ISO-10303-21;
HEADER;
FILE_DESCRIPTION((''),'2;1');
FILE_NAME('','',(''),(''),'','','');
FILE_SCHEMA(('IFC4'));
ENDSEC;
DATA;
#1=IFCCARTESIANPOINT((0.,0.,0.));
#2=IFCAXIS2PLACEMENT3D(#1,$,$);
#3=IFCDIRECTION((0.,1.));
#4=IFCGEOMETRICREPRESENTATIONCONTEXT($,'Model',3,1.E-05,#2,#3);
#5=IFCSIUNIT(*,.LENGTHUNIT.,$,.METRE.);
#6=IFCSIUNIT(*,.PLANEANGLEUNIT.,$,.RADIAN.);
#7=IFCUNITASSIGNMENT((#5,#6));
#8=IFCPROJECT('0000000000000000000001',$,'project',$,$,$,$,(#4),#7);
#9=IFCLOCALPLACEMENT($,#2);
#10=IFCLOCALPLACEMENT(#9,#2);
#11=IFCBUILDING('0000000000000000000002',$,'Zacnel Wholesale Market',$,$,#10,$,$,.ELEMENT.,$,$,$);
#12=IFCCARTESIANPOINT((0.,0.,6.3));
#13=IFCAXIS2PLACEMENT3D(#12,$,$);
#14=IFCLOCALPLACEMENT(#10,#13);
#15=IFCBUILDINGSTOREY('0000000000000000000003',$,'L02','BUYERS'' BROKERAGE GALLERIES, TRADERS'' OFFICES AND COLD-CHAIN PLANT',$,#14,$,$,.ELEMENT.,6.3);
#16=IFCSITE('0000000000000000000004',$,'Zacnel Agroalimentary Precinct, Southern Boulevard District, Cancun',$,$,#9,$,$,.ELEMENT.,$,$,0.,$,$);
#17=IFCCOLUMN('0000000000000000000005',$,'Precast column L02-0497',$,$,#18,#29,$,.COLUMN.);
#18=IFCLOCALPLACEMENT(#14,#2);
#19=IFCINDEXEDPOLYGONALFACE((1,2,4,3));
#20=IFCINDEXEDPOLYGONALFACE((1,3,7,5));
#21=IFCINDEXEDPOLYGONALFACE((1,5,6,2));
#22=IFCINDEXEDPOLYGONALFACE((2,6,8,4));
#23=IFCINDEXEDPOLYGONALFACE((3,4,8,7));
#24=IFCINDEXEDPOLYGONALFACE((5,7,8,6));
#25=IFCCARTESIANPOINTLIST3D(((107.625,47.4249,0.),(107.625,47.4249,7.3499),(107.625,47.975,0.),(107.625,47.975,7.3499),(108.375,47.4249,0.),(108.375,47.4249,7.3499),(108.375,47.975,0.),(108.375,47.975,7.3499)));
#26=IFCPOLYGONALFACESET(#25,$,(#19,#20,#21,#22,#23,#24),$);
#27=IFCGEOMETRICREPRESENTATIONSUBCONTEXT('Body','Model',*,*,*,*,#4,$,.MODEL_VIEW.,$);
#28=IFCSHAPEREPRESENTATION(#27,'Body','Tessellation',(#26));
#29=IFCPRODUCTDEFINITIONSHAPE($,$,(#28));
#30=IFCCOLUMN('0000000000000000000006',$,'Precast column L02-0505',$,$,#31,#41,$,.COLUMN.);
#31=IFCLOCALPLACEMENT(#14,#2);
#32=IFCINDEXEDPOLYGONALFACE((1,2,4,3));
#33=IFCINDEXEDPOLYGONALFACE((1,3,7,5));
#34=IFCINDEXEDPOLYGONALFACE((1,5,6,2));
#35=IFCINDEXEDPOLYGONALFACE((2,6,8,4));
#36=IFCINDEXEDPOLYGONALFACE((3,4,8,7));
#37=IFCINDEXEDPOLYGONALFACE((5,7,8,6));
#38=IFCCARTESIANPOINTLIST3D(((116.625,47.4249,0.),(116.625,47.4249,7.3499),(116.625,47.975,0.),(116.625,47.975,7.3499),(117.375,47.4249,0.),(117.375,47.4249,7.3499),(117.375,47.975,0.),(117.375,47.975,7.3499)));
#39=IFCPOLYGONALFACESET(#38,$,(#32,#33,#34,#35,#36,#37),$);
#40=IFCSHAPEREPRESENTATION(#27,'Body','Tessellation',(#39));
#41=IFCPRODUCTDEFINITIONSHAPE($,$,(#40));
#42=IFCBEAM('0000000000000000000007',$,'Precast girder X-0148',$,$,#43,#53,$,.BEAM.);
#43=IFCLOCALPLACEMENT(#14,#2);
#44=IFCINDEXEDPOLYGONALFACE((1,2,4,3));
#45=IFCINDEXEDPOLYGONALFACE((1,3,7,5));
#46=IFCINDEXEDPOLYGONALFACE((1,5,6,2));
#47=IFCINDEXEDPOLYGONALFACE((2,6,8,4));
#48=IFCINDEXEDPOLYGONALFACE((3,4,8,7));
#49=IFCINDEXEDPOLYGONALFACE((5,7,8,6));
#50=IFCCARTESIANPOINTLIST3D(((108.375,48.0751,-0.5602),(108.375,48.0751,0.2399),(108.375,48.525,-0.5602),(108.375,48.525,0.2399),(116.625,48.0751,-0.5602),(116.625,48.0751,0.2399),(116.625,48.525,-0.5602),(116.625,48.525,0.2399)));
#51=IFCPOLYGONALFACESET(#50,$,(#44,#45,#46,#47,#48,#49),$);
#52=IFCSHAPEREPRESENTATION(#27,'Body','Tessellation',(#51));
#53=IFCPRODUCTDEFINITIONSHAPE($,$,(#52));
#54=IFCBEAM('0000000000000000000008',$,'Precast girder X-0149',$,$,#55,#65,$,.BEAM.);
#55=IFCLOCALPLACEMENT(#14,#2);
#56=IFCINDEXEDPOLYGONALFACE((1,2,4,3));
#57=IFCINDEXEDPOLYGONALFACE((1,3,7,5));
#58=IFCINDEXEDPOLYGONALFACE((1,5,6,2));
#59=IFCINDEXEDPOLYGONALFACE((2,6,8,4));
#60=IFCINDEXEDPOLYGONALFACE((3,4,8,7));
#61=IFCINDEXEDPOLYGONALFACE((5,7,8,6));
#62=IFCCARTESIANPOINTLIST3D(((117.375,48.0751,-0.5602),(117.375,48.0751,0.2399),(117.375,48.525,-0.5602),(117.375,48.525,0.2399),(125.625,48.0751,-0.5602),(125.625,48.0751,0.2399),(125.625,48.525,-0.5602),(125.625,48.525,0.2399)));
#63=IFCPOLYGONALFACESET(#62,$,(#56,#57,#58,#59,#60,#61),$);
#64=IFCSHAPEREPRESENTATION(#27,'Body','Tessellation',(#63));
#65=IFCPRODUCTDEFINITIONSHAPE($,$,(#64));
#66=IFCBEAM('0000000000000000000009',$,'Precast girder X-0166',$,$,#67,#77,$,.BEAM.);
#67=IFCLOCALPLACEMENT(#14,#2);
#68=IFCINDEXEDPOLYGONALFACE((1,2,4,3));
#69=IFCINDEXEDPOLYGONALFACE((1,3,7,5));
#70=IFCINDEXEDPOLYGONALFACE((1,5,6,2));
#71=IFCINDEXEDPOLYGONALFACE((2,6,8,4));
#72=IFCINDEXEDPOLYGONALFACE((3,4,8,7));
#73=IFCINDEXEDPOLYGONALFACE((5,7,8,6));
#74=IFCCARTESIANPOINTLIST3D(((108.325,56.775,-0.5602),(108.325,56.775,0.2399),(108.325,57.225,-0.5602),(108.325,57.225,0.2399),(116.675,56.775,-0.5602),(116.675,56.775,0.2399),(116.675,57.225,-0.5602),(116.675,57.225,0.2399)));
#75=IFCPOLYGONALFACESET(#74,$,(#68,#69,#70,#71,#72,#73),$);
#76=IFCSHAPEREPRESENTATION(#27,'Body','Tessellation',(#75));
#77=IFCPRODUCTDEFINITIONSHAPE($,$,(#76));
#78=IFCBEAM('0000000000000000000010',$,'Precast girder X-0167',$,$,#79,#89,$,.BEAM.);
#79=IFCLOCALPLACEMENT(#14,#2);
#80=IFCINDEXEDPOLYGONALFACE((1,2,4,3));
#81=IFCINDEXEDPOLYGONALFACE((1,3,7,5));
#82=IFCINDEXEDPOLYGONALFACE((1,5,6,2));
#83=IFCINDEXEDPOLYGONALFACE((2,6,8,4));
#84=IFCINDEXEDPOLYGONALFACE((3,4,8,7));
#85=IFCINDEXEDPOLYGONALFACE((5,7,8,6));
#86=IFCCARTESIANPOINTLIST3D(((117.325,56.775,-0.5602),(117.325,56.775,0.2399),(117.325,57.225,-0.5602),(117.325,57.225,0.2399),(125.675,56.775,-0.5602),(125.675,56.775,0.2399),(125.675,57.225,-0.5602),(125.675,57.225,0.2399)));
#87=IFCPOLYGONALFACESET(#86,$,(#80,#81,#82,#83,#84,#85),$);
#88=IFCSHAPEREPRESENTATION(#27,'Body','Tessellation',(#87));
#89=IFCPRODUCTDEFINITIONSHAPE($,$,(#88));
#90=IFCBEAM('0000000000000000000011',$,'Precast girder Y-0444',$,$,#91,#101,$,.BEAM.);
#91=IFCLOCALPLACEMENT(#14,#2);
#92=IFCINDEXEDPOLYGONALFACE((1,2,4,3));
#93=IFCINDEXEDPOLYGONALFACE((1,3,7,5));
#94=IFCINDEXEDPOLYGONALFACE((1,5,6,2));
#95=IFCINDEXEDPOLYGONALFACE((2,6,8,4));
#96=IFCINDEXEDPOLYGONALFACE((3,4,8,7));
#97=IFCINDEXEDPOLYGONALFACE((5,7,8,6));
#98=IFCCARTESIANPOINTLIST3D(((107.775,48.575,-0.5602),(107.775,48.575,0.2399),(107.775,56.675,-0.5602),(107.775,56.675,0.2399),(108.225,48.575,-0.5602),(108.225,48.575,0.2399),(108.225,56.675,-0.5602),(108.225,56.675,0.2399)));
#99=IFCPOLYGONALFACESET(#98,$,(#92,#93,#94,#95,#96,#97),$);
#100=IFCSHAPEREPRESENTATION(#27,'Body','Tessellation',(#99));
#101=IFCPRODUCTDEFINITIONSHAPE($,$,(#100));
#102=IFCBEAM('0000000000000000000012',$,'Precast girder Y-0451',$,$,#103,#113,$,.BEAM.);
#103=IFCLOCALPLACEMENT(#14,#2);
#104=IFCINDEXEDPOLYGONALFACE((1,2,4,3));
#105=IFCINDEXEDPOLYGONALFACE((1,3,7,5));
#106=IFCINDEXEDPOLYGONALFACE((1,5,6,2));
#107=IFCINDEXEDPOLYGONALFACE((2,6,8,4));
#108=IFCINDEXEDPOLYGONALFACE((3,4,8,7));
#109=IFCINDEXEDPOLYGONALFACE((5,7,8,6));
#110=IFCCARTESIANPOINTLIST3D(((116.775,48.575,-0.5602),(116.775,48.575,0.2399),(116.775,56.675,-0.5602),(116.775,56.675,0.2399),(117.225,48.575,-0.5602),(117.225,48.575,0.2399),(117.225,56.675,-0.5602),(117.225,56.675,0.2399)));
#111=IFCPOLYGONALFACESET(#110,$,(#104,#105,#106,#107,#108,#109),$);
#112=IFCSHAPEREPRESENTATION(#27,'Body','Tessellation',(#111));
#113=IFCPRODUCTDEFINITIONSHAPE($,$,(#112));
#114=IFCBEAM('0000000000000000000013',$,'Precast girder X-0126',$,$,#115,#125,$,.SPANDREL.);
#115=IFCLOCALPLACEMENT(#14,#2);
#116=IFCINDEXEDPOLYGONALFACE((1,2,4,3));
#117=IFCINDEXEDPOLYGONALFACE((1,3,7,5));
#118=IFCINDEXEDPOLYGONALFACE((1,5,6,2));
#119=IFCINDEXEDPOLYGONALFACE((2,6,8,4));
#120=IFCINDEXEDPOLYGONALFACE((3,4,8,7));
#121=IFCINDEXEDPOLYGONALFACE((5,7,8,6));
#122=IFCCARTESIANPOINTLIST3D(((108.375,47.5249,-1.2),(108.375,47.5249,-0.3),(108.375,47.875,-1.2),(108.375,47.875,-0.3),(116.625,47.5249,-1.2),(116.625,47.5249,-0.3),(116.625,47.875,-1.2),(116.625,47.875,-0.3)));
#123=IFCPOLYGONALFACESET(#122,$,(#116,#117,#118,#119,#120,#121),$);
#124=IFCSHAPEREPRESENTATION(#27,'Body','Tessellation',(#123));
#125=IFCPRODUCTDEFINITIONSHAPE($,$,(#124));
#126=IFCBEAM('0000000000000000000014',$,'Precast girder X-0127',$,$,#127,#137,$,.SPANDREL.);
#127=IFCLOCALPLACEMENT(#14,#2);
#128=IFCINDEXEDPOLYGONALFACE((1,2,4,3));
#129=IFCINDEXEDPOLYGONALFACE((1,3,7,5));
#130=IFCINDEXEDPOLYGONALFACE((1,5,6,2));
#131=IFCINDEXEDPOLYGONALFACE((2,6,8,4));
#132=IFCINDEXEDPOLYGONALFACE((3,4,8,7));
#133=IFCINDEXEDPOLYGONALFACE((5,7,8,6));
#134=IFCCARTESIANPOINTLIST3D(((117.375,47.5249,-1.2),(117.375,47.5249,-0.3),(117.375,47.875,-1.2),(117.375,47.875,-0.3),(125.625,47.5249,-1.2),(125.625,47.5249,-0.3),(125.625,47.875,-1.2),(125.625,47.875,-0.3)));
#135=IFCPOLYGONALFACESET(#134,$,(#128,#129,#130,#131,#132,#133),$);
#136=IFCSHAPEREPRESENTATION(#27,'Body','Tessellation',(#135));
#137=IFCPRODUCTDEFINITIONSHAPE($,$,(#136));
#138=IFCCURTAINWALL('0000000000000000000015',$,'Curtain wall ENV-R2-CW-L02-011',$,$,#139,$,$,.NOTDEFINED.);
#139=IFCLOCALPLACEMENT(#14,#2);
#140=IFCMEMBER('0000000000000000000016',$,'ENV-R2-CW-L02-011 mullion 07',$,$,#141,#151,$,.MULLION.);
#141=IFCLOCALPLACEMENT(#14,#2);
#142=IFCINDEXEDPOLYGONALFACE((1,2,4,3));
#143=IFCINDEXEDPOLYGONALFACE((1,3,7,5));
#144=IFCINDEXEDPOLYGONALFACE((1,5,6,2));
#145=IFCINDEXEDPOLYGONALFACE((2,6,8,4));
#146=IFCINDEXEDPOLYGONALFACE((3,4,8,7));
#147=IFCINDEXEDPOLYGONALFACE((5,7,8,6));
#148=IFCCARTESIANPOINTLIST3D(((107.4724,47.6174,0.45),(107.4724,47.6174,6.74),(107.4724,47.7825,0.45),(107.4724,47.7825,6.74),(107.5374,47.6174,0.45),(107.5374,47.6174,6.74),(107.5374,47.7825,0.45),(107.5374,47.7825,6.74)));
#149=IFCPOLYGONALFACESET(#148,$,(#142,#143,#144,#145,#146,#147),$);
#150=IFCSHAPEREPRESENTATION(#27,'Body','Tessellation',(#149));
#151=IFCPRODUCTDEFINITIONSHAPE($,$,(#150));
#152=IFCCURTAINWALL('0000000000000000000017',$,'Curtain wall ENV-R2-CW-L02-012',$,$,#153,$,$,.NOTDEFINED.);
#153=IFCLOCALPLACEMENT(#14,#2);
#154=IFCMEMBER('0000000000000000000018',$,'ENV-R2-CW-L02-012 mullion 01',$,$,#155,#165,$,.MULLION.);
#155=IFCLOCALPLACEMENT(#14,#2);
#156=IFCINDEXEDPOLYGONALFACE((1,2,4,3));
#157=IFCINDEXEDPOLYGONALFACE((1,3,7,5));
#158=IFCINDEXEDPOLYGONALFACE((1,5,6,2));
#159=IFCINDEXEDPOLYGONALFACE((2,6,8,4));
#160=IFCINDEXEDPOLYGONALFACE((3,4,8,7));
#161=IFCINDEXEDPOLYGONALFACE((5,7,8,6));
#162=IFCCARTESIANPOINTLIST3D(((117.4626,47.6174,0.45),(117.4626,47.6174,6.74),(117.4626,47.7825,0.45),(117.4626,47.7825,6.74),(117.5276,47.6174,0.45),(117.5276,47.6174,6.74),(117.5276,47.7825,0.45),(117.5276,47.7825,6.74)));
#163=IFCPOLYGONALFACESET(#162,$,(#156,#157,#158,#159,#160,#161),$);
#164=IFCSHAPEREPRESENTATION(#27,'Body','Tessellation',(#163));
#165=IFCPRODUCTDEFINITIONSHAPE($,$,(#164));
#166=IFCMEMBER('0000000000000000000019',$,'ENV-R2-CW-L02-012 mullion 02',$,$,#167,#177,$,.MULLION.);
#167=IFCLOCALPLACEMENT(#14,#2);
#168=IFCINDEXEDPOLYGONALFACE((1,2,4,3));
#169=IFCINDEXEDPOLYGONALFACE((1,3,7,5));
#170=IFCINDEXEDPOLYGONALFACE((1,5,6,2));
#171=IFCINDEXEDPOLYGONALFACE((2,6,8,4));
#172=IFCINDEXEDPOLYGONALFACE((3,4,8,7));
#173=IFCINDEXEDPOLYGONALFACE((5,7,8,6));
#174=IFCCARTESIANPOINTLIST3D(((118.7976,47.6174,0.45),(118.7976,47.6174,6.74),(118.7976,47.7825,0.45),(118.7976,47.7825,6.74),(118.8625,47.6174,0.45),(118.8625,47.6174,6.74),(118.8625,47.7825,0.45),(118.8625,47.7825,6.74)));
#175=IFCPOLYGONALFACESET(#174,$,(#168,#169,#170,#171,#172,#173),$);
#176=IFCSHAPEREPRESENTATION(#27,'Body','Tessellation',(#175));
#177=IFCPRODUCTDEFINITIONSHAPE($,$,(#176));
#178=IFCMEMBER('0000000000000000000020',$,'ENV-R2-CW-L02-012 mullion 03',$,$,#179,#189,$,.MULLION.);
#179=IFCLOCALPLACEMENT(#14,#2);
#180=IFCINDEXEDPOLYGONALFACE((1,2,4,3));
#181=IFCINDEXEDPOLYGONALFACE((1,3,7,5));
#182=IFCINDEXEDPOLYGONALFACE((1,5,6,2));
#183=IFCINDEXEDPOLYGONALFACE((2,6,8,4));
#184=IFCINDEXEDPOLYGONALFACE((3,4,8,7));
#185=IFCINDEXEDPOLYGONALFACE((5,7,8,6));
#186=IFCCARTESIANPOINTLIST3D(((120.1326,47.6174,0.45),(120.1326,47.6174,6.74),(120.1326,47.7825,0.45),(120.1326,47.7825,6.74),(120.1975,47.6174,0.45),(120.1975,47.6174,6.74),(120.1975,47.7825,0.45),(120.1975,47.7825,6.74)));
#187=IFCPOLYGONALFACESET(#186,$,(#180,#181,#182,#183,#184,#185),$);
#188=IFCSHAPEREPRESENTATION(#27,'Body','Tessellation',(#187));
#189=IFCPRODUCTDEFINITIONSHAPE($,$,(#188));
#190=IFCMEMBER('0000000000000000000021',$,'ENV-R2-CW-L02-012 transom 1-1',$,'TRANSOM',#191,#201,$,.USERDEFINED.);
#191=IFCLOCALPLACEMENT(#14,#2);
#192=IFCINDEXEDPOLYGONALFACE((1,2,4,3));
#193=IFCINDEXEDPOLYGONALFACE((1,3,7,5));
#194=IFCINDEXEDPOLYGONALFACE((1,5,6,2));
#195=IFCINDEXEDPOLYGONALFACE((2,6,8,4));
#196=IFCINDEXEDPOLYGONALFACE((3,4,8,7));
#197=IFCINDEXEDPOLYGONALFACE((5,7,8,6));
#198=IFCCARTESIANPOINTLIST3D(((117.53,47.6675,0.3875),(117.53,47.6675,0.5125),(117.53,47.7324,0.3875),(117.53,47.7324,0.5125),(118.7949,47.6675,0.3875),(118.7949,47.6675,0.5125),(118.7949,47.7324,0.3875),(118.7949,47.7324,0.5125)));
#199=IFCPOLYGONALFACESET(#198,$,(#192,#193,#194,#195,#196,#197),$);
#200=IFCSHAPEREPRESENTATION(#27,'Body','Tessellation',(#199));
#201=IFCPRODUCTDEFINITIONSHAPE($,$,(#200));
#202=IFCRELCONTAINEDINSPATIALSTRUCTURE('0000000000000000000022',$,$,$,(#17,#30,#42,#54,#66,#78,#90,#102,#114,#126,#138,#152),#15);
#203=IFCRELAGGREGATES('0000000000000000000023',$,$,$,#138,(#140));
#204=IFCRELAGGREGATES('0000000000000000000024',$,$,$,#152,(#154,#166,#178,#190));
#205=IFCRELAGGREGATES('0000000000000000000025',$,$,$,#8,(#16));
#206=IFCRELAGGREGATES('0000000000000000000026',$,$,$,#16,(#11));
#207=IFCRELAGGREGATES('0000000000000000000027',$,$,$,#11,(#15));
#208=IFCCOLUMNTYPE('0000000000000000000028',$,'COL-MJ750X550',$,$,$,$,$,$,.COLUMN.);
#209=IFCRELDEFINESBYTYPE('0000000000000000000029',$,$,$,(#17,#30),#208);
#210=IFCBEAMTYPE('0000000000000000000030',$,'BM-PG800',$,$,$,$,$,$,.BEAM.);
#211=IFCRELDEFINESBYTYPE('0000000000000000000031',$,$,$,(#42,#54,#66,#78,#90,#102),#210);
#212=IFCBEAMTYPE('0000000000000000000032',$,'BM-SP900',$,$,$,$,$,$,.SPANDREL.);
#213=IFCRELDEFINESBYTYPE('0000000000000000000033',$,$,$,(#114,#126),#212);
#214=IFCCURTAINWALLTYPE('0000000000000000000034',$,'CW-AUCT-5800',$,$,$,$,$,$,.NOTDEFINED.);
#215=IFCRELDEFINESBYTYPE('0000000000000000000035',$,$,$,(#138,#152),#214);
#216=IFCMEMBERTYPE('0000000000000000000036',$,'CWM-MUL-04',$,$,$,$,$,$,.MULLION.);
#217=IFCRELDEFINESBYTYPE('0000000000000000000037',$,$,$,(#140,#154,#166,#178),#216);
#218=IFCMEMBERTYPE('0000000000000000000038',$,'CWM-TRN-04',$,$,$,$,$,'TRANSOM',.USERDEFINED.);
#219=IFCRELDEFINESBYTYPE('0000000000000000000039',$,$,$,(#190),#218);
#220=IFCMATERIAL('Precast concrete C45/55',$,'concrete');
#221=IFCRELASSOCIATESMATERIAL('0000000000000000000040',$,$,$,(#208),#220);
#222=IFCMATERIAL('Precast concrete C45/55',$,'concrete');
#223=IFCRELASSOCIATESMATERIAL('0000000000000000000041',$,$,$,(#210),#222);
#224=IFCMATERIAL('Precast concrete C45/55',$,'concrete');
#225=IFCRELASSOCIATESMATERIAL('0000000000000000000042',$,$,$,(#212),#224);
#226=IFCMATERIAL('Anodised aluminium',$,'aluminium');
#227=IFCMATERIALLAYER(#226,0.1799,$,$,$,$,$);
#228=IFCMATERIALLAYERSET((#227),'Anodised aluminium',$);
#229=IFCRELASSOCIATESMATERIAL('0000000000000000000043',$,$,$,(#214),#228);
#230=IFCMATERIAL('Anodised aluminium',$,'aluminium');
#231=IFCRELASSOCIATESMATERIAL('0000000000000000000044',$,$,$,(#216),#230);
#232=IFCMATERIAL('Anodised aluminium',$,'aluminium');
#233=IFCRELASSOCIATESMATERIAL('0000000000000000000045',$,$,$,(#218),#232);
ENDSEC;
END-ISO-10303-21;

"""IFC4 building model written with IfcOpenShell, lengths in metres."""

from ifc_helpers import new_model, si_unit, direction, frame, origin, origin_2d, place, context, subcontext, project, spatial, rectangle, extrude, material, layer, layer_set, material_profile, profile_set, type_object, element, aggregate, save


model = new_model("IFC4")

# Units and contexts
model_context = context("Model", 3, precision=1e-05, world=origin(), true_north=direction((0.0, 1.0)))
body_context = subcontext(model_context, "Body", "Model", "MODEL_VIEW")
ifc_project = project(units=[si_unit("LENGTHUNIT", "METRE"), si_unit("PLANEANGLEUNIT", "RADIAN")], contexts=[model_context])

# Site, building, storey
site_placement = place(None, origin())
site = spatial("IfcSite", under=ifc_project, at=site_placement, Name="Zacnel Agroalimentary Precinct, Southern Boulevard District, Cancun", CompositionType="ELEMENT", RefElevation=0.0)
building_placement = place(site_placement, origin())
building = spatial("IfcBuilding", under=site, at=building_placement, Name="Zacnel Wholesale Market", CompositionType="ELEMENT")
storey_placement = place(building_placement, frame((0.0, 0.0, 6.3)))
storey = spatial("IfcBuildingStorey", under=building, at=storey_placement, Name="L02", Description="BUYERS' BROKERAGE GALLERIES, TRADERS' OFFICES AND COLD-CHAIN PLANT", CompositionType="ELEMENT", Elevation=6.3)

# Columns
ifc_material_1 = material(Name="Precast concrete C45/55", Category="concrete")
ifc_material_profile_1 = material_profile(ifc_material_1, rectangle(XDim=0.75, YDim=0.55, at=origin_2d()), Name="PC 750x550")
ifc_profile_set_1 = profile_set([ifc_material_profile_1], Name="Precast concrete C45/55")
column_type = type_object("IfcColumnType", Name="COL-MJ750X550", PredefinedType="COLUMN", material=ifc_profile_set_1)
for number, where, z_axis, x_axis, name in (
    (1, (108.0, 47.7, 0.0), (0.0, 0.0, 1.0), (1.0, 0.0, 0.0), "Precast column L02-0497"),
    (2, (117.0, 47.7, 0.0), (0.0, 0.0, 1.0), (1.0, 0.0, 0.0), "Precast column L02-0505"),
):
    element("IfcColumn", number, at=place(storey_placement, frame(where, z_axis=z_axis, x_axis=x_axis)), inside=storey, type_object=column_type, Name=name, PredefinedType="COLUMN", context=body_context, shape_type="SweptSolid", body=[
        extrude(rectangle(XDim=0.75, YDim=0.55, at=origin_2d()), origin(), (0.0, 0.0, 1.0), 7.3499),
    ])

# Beams
ifc_material_2 = material(Name="Precast concrete C45/55", Category="concrete")
ifc_material_profile_2 = material_profile(ifc_material_2, rectangle(XDim=0.45, YDim=0.8, at=origin_2d()), Name="PG 450x800")
ifc_profile_set_2 = profile_set([ifc_material_profile_2], Name="Precast concrete C45/55")
beam_type_1 = type_object("IfcBeamType", Name="BM-PG800", PredefinedType="BEAM", material=ifc_profile_set_2)
for number, where, z_axis, x_axis, name in (
    (3, (108.375, 48.3, -0.1602), (1.0, 0.0, 0.0), (0.0, 1.0, 0.0), "Precast girder X-0148"),
    (4, (117.375, 48.3, -0.1602), (1.0, 0.0, 0.0), (0.0, 1.0, 0.0), "Precast girder X-0149"),
):
    element("IfcBeam", number, at=place(storey_placement, frame(where, z_axis=z_axis, x_axis=x_axis)), inside=storey, type_object=beam_type_1, Name=name, PredefinedType="BEAM", context=body_context, shape_type="SweptSolid", body=[
        extrude(rectangle(XDim=0.45, YDim=0.8, at=origin_2d()), origin(), (0.0, 0.0, 1.0), 8.25),
    ])
for number, where, z_axis, x_axis, name in (
    (5, (108.325, 57.0, -0.1602), (1.0, 0.0, 0.0), (0.0, 1.0, 0.0), "Precast girder X-0166"),
    (6, (117.325, 57.0, -0.1602), (1.0, 0.0, 0.0), (0.0, 1.0, 0.0), "Precast girder X-0167"),
):
    element("IfcBeam", number, at=place(storey_placement, frame(where, z_axis=z_axis, x_axis=x_axis)), inside=storey, type_object=beam_type_1, Name=name, PredefinedType="BEAM", context=body_context, shape_type="SweptSolid", body=[
        extrude(rectangle(XDim=0.45, YDim=0.8, at=origin_2d()), origin(), (0.0, 0.0, 1.0), 8.3501),
    ])
for number, where, z_axis, x_axis, name in (
    (7, (108.0, 48.575, -0.1602), (0.0, 1.0, 0.0), (-1.0, 0.0, 0.0), "Precast girder Y-0444"),
    (8, (117.0, 48.575, -0.1602), (0.0, 1.0, 0.0), (-1.0, 0.0, 0.0), "Precast girder Y-0451"),
):
    element("IfcBeam", number, at=place(storey_placement, frame(where, z_axis=z_axis, x_axis=x_axis)), inside=storey, type_object=beam_type_1, Name=name, PredefinedType="BEAM", context=body_context, shape_type="SweptSolid", body=[
        extrude(rectangle(XDim=0.45, YDim=0.8, at=origin_2d()), origin(), (0.0, 0.0, 1.0), 8.1001),
    ])
ifc_material_3 = material(Name="Precast concrete C45/55", Category="concrete")
ifc_material_profile_3 = material_profile(ifc_material_3, rectangle(XDim=0.3501, YDim=0.8999, at=origin_2d()), Name="SP 350x900")
ifc_profile_set_3 = profile_set([ifc_material_profile_3], Name="Precast concrete C45/55")
beam_type_2 = type_object("IfcBeamType", Name="BM-SP900", PredefinedType="SPANDREL", material=ifc_profile_set_3)
for number, where, z_axis, x_axis, name in (
    (9, (108.375, 47.7, -0.75), (1.0, 0.0, 0.0), (0.0, 1.0, 0.0), "Precast girder X-0126"),
    (10, (117.375, 47.7, -0.75), (1.0, 0.0, 0.0), (0.0, 1.0, 0.0), "Precast girder X-0127"),
):
    element("IfcBeam", number, at=place(storey_placement, frame(where, z_axis=z_axis, x_axis=x_axis)), inside=storey, type_object=beam_type_2, Name=name, PredefinedType="SPANDREL", context=body_context, shape_type="SweptSolid", body=[
        extrude(rectangle(XDim=0.3501, YDim=0.8999, at=origin_2d()), origin(), (0.0, 0.0, 1.0), 8.25),
    ])

# Curtain wall, member
ifc_material_4 = material(Name="Anodised aluminium", Category="aluminium")
ifc_layer_1 = layer(ifc_material_4, 0.1799)
ifc_layer_set_1 = layer_set([ifc_layer_1], Name="Anodised aluminium")
curtain_wall_type = type_object("IfcCurtainWallType", Name="CW-AUCT-5800", PredefinedType="NOTDEFINED", material=ifc_layer_set_1)
curtain_wall_1_placement = place(storey_placement, origin())
curtain_wall_1 = element("IfcCurtainWall", 11, at=curtain_wall_1_placement, inside=storey, type_object=curtain_wall_type, Name="Curtain wall ENV-R2-CW-L02-011", PredefinedType="NOTDEFINED")
ifc_material_5 = material(Name="Anodised aluminium", Category="aluminium")
ifc_material_profile_4 = material_profile(ifc_material_5, rectangle(XDim=0.0649, YDim=0.165, at=origin_2d()), Name="AW-MULLION 65x165")
ifc_profile_set_4 = profile_set([ifc_material_profile_4], Name="Anodised aluminium")
member_type_1 = type_object("IfcMemberType", Name="CWM-MUL-04", PredefinedType="MULLION", material=ifc_profile_set_4)
member_1_placement = place(storey_placement, frame((107.5049, 47.7, 0.45), z_axis=(0.0, 0.0, 1.0), x_axis=(1.0, 0.0, 0.0)))
member_1 = element("IfcMember", 12, at=member_1_placement, type_object=member_type_1, Name="ENV-R2-CW-L02-011 mullion 07", PredefinedType="MULLION", context=body_context, shape_type="SweptSolid", body=[
    extrude(rectangle(XDim=0.0649, YDim=0.165, at=origin_2d()), origin(), (0.0, 0.0, 1.0), 6.29),
])

# Curtain wall, members
curtain_wall_2_placement = place(storey_placement, origin())
curtain_wall_2 = element("IfcCurtainWall", 13, at=curtain_wall_2_placement, inside=storey, type_object=curtain_wall_type, Name="Curtain wall ENV-R2-CW-L02-012", PredefinedType="NOTDEFINED")
member_2_placement = place(storey_placement, frame((117.4951, 47.7, 0.45), z_axis=(0.0, 0.0, 1.0), x_axis=(1.0, 0.0, 0.0)))
member_2 = element("IfcMember", 14, at=member_2_placement, type_object=member_type_1, Name="ENV-R2-CW-L02-012 mullion 01", PredefinedType="MULLION", context=body_context, shape_type="SweptSolid", body=[
    extrude(rectangle(XDim=0.0649, YDim=0.165, at=origin_2d()), origin(), (0.0, 0.0, 1.0), 6.29),
])
member_3_placement = place(storey_placement, frame((118.8301, 47.7, 0.45), z_axis=(0.0, 0.0, 1.0), x_axis=(1.0, 0.0, 0.0)))
member_3 = element("IfcMember", 15, at=member_3_placement, type_object=member_type_1, Name="ENV-R2-CW-L02-012 mullion 02", PredefinedType="MULLION", context=body_context, shape_type="SweptSolid", body=[
    extrude(rectangle(XDim=0.0649, YDim=0.165, at=origin_2d()), origin(), (0.0, 0.0, 1.0), 6.29),
])
member_4_placement = place(storey_placement, frame((120.165, 47.7, 0.45), z_axis=(0.0, 0.0, 1.0), x_axis=(1.0, 0.0, 0.0)))
member_4 = element("IfcMember", 16, at=member_4_placement, type_object=member_type_1, Name="ENV-R2-CW-L02-012 mullion 03", PredefinedType="MULLION", context=body_context, shape_type="SweptSolid", body=[
    extrude(rectangle(XDim=0.0649, YDim=0.165, at=origin_2d()), origin(), (0.0, 0.0, 1.0), 6.29),
])
ifc_material_6 = material(Name="Anodised aluminium", Category="aluminium")
ifc_material_profile_5 = material_profile(ifc_material_6, rectangle(XDim=0.0649, YDim=0.125, at=origin_2d()), Name="AW-TRANSOM 65x125")
ifc_profile_set_5 = profile_set([ifc_material_profile_5], Name="Anodised aluminium")
member_type_2 = type_object("IfcMemberType", Name="CWM-TRN-04", ElementType="TRANSOM", PredefinedType="USERDEFINED", material=ifc_profile_set_5)
member_5_placement = place(storey_placement, frame((117.53, 47.7, 0.45), z_axis=(1.0, 0.0, 0.0), x_axis=(0.0, 1.0, 0.0)))
member_5 = element("IfcMember", 17, at=member_5_placement, type_object=member_type_2, Name="ENV-R2-CW-L02-012 transom 1-1", ObjectType="TRANSOM", PredefinedType="USERDEFINED", context=body_context, shape_type="SweptSolid", body=[
    extrude(rectangle(XDim=0.0649, YDim=0.125, at=origin_2d()), origin(), (0.0, 0.0, 1.0), 1.2649),
])

aggregate(curtain_wall_1, [member_1])
aggregate(curtain_wall_2, [member_2, member_3, member_4, member_5])

save(model, "model.ifc")
